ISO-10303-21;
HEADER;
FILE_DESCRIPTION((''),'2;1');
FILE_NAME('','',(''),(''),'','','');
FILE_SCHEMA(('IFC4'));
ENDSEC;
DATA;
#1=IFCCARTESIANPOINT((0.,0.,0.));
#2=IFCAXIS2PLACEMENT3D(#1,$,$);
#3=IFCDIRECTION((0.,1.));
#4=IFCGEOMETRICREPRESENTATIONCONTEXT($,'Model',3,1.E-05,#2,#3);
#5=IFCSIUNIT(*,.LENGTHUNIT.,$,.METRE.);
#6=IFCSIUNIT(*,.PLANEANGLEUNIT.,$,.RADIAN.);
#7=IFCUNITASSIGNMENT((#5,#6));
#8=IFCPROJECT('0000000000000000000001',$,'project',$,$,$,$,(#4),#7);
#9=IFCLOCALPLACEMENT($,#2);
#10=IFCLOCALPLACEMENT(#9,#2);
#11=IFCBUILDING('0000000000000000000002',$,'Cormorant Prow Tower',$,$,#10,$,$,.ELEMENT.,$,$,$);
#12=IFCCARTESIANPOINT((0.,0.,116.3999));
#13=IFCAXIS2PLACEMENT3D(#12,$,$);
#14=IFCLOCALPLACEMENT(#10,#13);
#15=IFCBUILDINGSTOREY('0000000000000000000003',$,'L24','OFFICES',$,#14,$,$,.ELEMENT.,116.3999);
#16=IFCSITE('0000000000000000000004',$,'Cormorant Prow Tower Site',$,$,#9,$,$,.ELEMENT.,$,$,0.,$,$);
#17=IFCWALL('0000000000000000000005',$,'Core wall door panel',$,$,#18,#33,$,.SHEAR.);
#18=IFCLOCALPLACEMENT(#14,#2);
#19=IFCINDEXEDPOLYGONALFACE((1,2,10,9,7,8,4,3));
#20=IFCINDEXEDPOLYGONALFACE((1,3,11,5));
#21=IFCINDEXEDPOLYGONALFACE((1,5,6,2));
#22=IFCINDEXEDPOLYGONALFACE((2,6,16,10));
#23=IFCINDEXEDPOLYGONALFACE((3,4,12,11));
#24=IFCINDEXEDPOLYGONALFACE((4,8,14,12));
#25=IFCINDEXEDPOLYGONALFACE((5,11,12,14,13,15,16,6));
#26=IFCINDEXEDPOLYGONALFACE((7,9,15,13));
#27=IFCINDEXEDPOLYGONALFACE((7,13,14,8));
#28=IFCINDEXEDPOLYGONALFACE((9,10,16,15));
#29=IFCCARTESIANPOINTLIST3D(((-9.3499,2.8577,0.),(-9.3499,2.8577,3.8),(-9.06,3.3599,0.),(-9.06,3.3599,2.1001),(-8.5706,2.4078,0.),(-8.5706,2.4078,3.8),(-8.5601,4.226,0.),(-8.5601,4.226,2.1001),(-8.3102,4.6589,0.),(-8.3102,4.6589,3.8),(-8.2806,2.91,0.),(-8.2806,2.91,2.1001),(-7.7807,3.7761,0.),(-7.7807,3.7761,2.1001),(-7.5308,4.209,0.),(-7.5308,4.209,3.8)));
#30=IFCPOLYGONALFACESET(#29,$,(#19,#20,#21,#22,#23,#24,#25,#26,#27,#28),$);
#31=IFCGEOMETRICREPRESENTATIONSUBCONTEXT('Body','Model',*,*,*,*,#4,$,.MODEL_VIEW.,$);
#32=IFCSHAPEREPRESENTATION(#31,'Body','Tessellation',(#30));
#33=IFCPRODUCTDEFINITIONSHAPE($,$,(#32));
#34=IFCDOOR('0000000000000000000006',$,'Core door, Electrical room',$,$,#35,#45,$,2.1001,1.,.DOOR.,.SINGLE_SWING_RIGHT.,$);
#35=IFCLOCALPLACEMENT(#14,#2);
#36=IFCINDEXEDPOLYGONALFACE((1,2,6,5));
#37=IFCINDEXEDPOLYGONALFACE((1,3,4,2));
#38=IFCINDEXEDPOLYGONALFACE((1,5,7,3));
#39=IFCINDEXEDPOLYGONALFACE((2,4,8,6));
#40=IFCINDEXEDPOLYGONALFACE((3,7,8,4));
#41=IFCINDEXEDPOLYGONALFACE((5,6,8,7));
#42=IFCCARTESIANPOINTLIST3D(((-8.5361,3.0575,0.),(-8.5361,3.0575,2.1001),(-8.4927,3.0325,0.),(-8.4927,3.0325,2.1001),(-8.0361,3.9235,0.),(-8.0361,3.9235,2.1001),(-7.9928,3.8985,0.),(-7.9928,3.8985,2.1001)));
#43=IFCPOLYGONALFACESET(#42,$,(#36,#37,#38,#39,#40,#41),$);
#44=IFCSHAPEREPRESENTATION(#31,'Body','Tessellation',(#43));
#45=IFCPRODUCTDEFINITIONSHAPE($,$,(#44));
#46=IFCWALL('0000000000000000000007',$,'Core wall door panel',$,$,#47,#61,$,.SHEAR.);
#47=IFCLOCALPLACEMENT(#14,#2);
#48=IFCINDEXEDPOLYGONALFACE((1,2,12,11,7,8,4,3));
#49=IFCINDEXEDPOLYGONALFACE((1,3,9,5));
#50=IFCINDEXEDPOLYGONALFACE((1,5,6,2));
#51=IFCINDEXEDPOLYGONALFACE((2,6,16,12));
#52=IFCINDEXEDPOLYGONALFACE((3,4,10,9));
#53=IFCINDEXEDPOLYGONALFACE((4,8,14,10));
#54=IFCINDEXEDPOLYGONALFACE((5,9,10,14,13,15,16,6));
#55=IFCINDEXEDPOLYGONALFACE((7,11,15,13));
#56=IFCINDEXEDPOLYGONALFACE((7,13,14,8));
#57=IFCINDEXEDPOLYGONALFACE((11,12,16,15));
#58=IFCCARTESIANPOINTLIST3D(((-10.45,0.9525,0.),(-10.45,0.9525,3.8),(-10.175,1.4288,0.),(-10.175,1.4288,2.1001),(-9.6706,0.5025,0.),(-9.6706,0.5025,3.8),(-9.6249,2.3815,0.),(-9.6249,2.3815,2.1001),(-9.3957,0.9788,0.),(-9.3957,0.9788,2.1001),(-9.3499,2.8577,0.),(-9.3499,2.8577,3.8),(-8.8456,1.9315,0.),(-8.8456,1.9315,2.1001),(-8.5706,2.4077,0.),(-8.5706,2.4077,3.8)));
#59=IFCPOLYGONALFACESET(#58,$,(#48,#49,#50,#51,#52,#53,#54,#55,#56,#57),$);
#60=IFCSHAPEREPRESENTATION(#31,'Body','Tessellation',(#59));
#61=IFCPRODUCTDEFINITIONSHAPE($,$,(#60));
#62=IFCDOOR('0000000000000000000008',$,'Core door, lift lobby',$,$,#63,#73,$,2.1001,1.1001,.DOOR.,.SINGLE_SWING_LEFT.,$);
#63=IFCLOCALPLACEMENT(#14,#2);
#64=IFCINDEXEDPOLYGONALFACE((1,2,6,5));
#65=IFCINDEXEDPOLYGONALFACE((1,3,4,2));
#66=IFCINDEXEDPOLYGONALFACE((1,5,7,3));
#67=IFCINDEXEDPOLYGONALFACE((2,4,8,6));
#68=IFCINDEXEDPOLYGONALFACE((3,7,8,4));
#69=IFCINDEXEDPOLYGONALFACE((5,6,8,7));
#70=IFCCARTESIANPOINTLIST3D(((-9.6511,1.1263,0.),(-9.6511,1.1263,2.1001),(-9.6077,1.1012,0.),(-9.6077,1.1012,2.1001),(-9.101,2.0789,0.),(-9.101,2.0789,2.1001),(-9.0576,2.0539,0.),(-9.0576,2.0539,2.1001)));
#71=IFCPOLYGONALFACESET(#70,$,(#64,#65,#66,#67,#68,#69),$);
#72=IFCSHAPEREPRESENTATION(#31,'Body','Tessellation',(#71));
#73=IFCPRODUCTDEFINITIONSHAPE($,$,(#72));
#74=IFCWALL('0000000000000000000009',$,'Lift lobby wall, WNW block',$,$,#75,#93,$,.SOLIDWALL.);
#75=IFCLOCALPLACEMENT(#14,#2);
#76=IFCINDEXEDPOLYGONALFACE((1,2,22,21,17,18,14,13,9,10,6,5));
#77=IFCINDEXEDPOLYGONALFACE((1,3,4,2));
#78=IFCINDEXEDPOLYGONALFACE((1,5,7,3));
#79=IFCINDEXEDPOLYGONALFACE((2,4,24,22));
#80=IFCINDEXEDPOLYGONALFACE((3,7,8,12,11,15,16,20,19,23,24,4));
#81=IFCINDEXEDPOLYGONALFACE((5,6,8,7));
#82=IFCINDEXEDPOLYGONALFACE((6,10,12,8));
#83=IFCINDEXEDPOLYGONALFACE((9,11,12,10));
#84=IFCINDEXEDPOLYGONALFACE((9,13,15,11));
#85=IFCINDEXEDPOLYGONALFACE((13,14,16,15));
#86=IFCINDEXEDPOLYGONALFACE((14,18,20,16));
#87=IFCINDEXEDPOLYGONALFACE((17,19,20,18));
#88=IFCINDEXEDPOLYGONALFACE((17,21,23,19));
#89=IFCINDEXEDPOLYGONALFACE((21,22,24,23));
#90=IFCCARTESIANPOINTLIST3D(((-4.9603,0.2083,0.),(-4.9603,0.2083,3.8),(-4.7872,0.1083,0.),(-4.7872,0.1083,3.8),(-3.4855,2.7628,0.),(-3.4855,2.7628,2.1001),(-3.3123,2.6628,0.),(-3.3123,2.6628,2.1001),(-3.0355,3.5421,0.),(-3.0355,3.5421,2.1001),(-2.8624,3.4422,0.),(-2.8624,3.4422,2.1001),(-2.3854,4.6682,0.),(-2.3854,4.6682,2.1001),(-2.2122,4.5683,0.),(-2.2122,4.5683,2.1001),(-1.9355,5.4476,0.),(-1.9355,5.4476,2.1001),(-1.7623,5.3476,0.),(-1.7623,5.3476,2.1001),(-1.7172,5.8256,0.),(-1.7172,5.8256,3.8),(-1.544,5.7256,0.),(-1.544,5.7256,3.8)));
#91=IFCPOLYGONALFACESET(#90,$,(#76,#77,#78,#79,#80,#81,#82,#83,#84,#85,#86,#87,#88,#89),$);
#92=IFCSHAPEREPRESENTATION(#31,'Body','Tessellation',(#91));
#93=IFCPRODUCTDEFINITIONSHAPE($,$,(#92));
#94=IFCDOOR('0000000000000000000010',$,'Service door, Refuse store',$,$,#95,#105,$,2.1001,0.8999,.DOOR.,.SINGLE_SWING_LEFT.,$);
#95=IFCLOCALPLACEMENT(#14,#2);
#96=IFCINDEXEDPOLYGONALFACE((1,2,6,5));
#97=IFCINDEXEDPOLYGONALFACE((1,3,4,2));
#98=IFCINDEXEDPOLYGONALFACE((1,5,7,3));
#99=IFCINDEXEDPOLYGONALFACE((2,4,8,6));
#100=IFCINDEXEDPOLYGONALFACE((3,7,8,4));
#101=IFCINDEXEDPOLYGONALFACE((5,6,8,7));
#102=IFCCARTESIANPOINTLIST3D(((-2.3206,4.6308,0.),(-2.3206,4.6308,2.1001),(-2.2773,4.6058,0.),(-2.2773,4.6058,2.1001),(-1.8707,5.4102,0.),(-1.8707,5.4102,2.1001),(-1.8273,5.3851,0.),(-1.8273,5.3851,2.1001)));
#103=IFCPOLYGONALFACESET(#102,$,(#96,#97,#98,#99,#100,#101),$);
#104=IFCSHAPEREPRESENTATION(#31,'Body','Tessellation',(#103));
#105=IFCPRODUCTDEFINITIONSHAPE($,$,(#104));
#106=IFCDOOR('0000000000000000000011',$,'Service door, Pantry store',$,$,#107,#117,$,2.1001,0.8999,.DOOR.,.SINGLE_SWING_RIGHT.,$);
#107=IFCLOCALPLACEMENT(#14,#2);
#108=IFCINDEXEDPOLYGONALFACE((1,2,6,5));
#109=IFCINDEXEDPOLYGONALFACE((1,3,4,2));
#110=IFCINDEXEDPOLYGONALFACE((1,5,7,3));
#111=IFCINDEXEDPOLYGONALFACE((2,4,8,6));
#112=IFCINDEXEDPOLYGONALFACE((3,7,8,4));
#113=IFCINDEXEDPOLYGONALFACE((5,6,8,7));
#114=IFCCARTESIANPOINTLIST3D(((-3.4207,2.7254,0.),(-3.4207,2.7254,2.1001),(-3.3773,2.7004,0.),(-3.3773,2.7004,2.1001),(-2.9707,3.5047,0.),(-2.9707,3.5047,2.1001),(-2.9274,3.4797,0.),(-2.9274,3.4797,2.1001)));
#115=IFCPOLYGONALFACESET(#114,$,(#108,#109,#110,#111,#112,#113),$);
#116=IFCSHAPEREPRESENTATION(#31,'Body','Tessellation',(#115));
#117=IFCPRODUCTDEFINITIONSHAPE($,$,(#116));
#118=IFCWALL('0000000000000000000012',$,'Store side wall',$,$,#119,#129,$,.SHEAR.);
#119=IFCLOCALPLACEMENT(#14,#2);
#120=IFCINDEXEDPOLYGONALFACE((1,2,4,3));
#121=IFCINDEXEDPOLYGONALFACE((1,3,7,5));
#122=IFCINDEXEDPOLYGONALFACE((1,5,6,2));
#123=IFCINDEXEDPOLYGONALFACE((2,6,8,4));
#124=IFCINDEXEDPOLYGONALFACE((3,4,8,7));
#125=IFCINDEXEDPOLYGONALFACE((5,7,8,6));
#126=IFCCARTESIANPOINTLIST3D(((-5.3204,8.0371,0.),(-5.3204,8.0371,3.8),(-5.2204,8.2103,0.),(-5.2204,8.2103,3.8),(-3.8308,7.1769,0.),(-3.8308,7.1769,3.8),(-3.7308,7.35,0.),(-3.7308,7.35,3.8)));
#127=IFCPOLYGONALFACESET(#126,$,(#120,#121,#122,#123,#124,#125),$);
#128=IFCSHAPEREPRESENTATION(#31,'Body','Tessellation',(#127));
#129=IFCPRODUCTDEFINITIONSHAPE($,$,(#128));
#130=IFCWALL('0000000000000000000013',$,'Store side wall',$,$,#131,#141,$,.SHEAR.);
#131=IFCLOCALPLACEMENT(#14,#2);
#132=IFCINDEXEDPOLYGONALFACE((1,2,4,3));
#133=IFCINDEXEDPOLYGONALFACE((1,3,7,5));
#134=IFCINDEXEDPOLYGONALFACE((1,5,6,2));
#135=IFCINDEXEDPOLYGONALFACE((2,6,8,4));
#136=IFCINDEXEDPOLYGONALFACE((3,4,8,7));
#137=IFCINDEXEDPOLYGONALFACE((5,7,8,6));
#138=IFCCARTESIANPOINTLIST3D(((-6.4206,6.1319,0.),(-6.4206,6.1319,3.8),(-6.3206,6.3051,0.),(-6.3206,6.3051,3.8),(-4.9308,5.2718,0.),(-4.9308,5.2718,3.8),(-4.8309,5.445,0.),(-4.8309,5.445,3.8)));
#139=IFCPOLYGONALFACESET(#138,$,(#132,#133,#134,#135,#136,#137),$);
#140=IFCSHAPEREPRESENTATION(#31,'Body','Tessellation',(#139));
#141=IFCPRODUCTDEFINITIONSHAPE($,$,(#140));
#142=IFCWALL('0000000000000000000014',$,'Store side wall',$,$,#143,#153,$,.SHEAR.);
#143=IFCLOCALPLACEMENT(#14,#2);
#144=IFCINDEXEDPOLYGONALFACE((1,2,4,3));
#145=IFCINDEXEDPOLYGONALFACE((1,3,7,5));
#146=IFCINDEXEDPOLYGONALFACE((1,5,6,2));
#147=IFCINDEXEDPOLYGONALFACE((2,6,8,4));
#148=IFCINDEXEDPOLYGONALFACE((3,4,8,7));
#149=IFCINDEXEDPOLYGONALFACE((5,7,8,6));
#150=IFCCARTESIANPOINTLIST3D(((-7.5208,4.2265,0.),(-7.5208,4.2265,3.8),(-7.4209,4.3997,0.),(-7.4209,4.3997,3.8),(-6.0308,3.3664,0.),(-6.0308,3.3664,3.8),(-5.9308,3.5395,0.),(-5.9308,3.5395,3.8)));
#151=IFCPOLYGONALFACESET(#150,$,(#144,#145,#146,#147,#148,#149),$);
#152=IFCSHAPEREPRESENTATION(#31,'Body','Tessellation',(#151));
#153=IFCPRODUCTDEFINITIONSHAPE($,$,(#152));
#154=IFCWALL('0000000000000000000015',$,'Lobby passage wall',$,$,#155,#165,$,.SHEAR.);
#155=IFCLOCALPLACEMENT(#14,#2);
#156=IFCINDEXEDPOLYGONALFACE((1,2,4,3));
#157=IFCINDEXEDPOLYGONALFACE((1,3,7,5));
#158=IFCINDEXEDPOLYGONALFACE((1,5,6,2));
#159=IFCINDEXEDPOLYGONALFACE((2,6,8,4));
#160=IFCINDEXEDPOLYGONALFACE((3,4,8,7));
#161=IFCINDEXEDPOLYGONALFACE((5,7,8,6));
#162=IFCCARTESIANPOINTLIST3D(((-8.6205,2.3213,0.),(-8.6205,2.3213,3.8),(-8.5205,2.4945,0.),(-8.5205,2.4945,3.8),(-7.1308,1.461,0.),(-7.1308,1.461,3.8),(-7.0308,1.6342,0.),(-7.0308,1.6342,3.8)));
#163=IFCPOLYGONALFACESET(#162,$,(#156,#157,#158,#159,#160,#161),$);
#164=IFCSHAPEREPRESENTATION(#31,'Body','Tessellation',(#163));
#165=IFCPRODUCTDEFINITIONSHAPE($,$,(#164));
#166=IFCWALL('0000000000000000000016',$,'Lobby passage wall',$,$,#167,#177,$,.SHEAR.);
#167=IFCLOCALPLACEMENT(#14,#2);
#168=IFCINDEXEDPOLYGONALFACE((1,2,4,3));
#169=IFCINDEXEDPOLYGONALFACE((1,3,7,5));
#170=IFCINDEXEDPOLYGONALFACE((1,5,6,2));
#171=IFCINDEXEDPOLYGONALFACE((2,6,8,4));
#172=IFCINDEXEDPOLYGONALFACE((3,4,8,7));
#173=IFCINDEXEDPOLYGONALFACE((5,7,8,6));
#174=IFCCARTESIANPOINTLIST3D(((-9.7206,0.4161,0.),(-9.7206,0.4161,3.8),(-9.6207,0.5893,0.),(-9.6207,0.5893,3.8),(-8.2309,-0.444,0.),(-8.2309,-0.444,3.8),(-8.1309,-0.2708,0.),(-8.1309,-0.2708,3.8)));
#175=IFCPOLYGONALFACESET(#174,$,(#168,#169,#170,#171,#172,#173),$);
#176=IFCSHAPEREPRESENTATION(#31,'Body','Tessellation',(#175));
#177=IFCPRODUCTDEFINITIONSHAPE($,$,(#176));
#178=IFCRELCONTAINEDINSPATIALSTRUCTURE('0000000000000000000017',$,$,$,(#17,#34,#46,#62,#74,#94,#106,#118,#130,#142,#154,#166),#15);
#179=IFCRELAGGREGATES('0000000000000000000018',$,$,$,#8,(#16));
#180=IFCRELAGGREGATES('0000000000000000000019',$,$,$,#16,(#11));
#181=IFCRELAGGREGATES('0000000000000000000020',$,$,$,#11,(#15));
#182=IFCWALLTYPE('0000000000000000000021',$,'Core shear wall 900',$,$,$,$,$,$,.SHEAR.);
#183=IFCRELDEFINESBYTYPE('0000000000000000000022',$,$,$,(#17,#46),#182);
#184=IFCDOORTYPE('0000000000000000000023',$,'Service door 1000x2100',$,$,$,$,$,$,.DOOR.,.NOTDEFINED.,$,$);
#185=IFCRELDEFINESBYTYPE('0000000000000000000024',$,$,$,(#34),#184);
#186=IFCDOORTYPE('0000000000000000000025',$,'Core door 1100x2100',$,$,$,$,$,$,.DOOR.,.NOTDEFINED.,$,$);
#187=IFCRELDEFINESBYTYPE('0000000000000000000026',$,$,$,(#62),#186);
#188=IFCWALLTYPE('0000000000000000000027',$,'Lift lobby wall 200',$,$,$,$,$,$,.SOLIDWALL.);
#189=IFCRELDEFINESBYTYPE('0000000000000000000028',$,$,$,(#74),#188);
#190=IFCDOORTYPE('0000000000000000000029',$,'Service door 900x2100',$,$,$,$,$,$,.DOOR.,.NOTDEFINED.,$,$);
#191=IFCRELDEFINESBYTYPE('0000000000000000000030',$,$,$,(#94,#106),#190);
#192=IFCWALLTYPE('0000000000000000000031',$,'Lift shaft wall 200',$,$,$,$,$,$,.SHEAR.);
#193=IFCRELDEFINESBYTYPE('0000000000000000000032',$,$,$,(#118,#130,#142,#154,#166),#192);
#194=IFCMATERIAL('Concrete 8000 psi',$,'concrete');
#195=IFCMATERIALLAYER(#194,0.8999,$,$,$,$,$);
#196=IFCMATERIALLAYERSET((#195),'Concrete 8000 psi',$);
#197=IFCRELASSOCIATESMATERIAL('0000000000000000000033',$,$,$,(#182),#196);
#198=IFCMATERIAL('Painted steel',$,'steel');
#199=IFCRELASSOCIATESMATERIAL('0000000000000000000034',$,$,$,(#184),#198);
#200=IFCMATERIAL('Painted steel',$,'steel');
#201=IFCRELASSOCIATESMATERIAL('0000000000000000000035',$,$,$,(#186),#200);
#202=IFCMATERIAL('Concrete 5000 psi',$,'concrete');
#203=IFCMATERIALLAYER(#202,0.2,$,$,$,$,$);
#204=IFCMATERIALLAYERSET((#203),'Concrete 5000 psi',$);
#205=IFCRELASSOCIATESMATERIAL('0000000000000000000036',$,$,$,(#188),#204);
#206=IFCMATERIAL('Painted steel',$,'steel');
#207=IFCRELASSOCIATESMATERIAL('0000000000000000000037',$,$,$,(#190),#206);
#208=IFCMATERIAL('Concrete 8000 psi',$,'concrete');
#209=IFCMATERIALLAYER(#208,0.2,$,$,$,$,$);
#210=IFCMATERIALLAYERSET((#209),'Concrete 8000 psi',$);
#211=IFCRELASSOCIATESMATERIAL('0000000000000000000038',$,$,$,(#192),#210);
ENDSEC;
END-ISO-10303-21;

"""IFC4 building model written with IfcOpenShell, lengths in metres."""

from ifc_helpers import new_model, si_unit, direction, frame, frame_2d, origin, place, context, subcontext, project, spatial, rectangle, extrude, material, layer, layer_set, type_object, element, fill, save


model = new_model("IFC4")

# Units and contexts
model_context = context("Model", 3, precision=1e-05, world=origin(), true_north=direction((0.0, 1.0)))
body_context = subcontext(model_context, "Body", "Model", "MODEL_VIEW")
ifc_project = project(units=[si_unit("LENGTHUNIT", "METRE"), si_unit("PLANEANGLEUNIT", "RADIAN")], contexts=[model_context])

# Site, building, storey
site_placement = place(None, origin())
site = spatial("IfcSite", under=ifc_project, at=site_placement, Name="Cormorant Prow Tower Site", CompositionType="ELEMENT", RefElevation=0.0)
building_placement = place(site_placement, origin())
building = spatial("IfcBuilding", under=site, at=building_placement, Name="Cormorant Prow Tower", CompositionType="ELEMENT")
storey_placement = place(building_placement, frame((0.0, 0.0, 116.3999)))
storey = spatial("IfcBuildingStorey", under=building, at=storey_placement, Name="L24", Description="OFFICES", CompositionType="ELEMENT", Elevation=116.3999)

# Shared definitions
ifc_material_1 = material(Name="Concrete 8000 psi", Category="concrete")
ifc_layer_1 = layer(ifc_material_1, 0.8999)
ifc_layer_set_1 = layer_set([ifc_layer_1], Name="Concrete 8000 psi")
wall_type_1 = type_object("IfcWallType", Name="Core shear wall 900", PredefinedType="SHEAR", material=ifc_layer_set_1)

# Walls, openings, doors
wall_1_placement = place(storey_placement, frame((-7.9204, 4.4341, 0.0), z_axis=(0.0, 0.0, 1.0), x_axis=(-0.499939, -0.86606, 0.0)))
wall_1 = element("IfcWall", 1, at=wall_1_placement, inside=storey, type_object=wall_type_1, Name="Core wall door panel", PredefinedType="SHEAR", context=body_context, shape_type="SweptSolid", body=[
    extrude(rectangle(XDim=2.0798, YDim=0.8999, at=frame_2d((1.04, 0.0))), origin(), (0.0, 0.0, 1.0), 3.8),
])
opening_1_placement = place(wall_1_placement, frame((0.5, 0.0, 0.0)))
opening_1 = element("IfcOpeningElement", 2, at=opening_1_placement, cuts=wall_1, PredefinedType="OPENING", context=body_context, shape_type="SweptSolid", body=[
    extrude(rectangle(XDim=1.0, YDim=2.1001, at=frame_2d((0.5, 1.05))), frame((0.0, 0.46, 0.0), z_axis=(0.0, -1.0, 0.0), x_axis=(1.0, 0.0, 0.0)), (0.0, 0.0, 1.0), 0.9199),
])
ifc_material_2 = material(Name="Painted steel", Category="steel")
door_type_1 = type_object("IfcDoorType", Name="Service door 1000x2100", OperationType="NOTDEFINED", PredefinedType="DOOR", material=ifc_material_2)
door_1_placement = place(opening_1_placement, origin())
door_1 = element("IfcDoor", 3, at=door_1_placement, inside=storey, type_object=door_type_1, Name="Core door, Electrical room", OperationType="SINGLE_SWING_RIGHT", OverallHeight=2.1001, OverallWidth=1.0, PredefinedType="DOOR", context=body_context, shape_type="SweptSolid", body=[
    extrude(rectangle(XDim=1.0, YDim=2.1001, at=frame_2d((0.5, 1.05))), frame((0.0, 0.2051, 0.0), z_axis=(0.0, -1.0, 0.0), x_axis=(1.0, 0.0, 0.0)), (0.0, 0.0, 1.0), 0.05),
])
fill(opening_1, door_1)
wall_2_placement = place(storey_placement, frame((-8.9602, 2.6328, 0.0), z_axis=(0.0, 0.0, 1.0), x_axis=(-0.50003, -0.866008, 0.0)))
wall_2 = element("IfcWall", 4, at=wall_2_placement, inside=storey, type_object=wall_type_1, Name="Core wall door panel", PredefinedType="SHEAR", context=body_context, shape_type="SweptSolid", body=[
    extrude(rectangle(XDim=2.2, YDim=0.8999, at=frame_2d((1.1001, 0.0))), origin(), (0.0, 0.0, 1.0), 3.8),
])
opening_2_placement = place(wall_2_placement, frame((0.55, 0.0, 0.0)))
opening_2 = element("IfcOpeningElement", 5, at=opening_2_placement, cuts=wall_2, PredefinedType="OPENING", context=body_context, shape_type="SweptSolid", body=[
    extrude(rectangle(XDim=1.1001, YDim=2.1001, at=frame_2d((0.55, 1.05))), frame((0.0, 0.46, 0.0), z_axis=(0.0, -1.0, 0.0), x_axis=(1.0, 0.0, 0.0)), (0.0, 0.0, 1.0), 0.9199),
])
ifc_material_3 = material(Name="Painted steel", Category="steel")
door_type_2 = type_object("IfcDoorType", Name="Core door 1100x2100", OperationType="NOTDEFINED", PredefinedType="DOOR", material=ifc_material_3)
door_2_placement = place(opening_2_placement, origin())
door_2 = element("IfcDoor", 6, at=door_2_placement, inside=storey, type_object=door_type_2, Name="Core door, lift lobby", OperationType="SINGLE_SWING_LEFT", OverallHeight=2.1001, OverallWidth=1.1001, PredefinedType="DOOR", context=body_context, shape_type="SweptSolid", body=[
    extrude(rectangle(XDim=1.1001, YDim=2.1001, at=frame_2d((0.55, 1.05))), frame((0.0, 0.2051, 0.0), z_axis=(0.0, -1.0, 0.0), x_axis=(1.0, 0.0, 0.0)), (0.0, 0.0, 1.0), 0.05),
])
fill(opening_2, door_2)

# Wall, openings, doors
ifc_material_4 = material(Name="Concrete 5000 psi", Category="concrete")
ifc_layer_2 = layer(ifc_material_4, 0.2)
ifc_layer_set_2 = layer_set([ifc_layer_2], Name="Concrete 5000 psi")
wall_type_2 = type_object("IfcWallType", Name="Lift lobby wall 200", PredefinedType="SOLIDWALL", material=ifc_layer_set_2)
wall_3_placement = place(storey_placement, frame((-1.6306, 5.7756, 0.0), z_axis=(0.0, 0.0, 1.0), x_axis=(-0.499993, -0.86603, 0.0)))
wall_3 = element("IfcWall", 7, at=wall_3_placement, inside=storey, type_object=wall_type_2, Name="Lift lobby wall, WNW block", PredefinedType="SOLIDWALL", context=body_context, shape_type="SweptSolid", body=[
    extrude(rectangle(XDim=6.4863, YDim=0.2, at=frame_2d((3.2432, 0.0))), origin(), (0.0, 0.0, 1.0), 3.8),
])
opening_3_placement = place(wall_3_placement, frame((0.4365, 0.0, 0.0)))
opening_3 = element("IfcOpeningElement", 8, at=opening_3_placement, cuts=wall_3, PredefinedType="OPENING", context=body_context, shape_type="SweptSolid", body=[
    extrude(rectangle(XDim=0.8999, YDim=2.1001, at=frame_2d((0.45, 1.05))), frame((0.0, 0.1099, 0.0), z_axis=(0.0, -1.0, 0.0), x_axis=(1.0, 0.0, 0.0)), (0.0, 0.0, 1.0), 0.22),
])
opening_4_placement = place(wall_3_placement, frame((2.6367, 0.0, 0.0)))
opening_4 = element("IfcOpeningElement", 9, at=opening_4_placement, cuts=wall_3, PredefinedType="OPENING", context=body_context, shape_type="SweptSolid", body=[
    extrude(rectangle(XDim=0.8999, YDim=2.1001, at=frame_2d((0.45, 1.05))), frame((0.0, 0.1099, 0.0), z_axis=(0.0, -1.0, 0.0), x_axis=(1.0, 0.0, 0.0)), (0.0, 0.0, 1.0), 0.22),
])
ifc_material_5 = material(Name="Painted steel", Category="steel")
door_type_3 = type_object("IfcDoorType", Name="Service door 900x2100", OperationType="NOTDEFINED", PredefinedType="DOOR", material=ifc_material_5)
door_3_placement = place(opening_3_placement, origin())
door_3 = element("IfcDoor", 10, at=door_3_placement, inside=storey, type_object=door_type_3, Name="Service door, Refuse store", OperationType="SINGLE_SWING_LEFT", OverallHeight=2.1001, OverallWidth=0.8999, PredefinedType="DOOR", context=body_context, shape_type="SweptSolid", body=[
    extrude(rectangle(XDim=0.8999, YDim=2.1001, at=frame_2d((0.45, 1.05))), frame((0.0, 0.0249, 0.0), z_axis=(0.0, -1.0, 0.0), x_axis=(1.0, 0.0, 0.0)), (0.0, 0.0, 1.0), 0.05),
])
fill(opening_3, door_3)
door_4_placement = place(opening_4_placement, origin())
door_4 = element("IfcDoor", 11, at=door_4_placement, inside=storey, type_object=door_type_3, Name="Service door, Pantry store", OperationType="SINGLE_SWING_RIGHT", OverallHeight=2.1001, OverallWidth=0.8999, PredefinedType="DOOR", context=body_context, shape_type="SweptSolid", body=[
    extrude(rectangle(XDim=0.8999, YDim=2.1001, at=frame_2d((0.45, 1.05))), frame((0.0, 0.0249, 0.0), z_axis=(0.0, -1.0, 0.0), x_axis=(1.0, 0.0, 0.0)), (0.0, 0.0, 1.0), 0.05),
])
fill(opening_4, door_4)

# Walls
ifc_material_6 = material(Name="Concrete 8000 psi", Category="concrete")
ifc_layer_3 = layer(ifc_material_6, 0.2)
ifc_layer_set_3 = layer_set([ifc_layer_3], Name="Concrete 8000 psi")
wall_type_3 = type_object("IfcWallType", Name="Lift shaft wall 200", PredefinedType="SHEAR", material=ifc_layer_set_3)
for number, where, z_axis, x_axis, name in (
    (12, (-3.7808, 7.2634, 0.0), (0.0, 0.0, 1.0), (-0.865963, 0.500107, 0.0), "Store side wall"),
    (13, (-4.8809, 5.3584, 0.0), (0.0, 0.0, 1.0), (-0.866025, 0.500001, 0.0), "Store side wall"),
):
    element("IfcWall", number, at=place(storey_placement, frame(where, z_axis=z_axis, x_axis=x_axis)), inside=storey, type_object=wall_type_3, Name=name, PredefinedType="SHEAR", context=body_context, shape_type="SweptSolid", body=[
        extrude(rectangle(XDim=1.7202, YDim=0.2, at=frame_2d((0.8601, 0.0))), origin(), (0.0, 0.0, 1.0), 3.8),
    ])
wall_4_placement = place(storey_placement, frame((-5.9807, 3.4529, 0.0), z_axis=(0.0, 0.0, 1.0), x_axis=(-0.86606, 0.499939, 0.0)))
element("IfcWall", 14, at=wall_4_placement, inside=storey, type_object=wall_type_3, Name="Store side wall", PredefinedType="SHEAR", context=body_context, shape_type="SweptSolid", body=[
    extrude(rectangle(XDim=1.7205, YDim=0.2, at=frame_2d((0.8604, 0.0))), origin(), (0.0, 0.0, 1.0), 3.8),
])
for number, where, z_axis, x_axis, name in (
    (15, (-7.0808, 1.5476, 0.0), (0.0, 0.0, 1.0), (-0.865963, 0.500107, 0.0), "Lobby passage wall"),
    (16, (-8.1809, -0.3574, 0.0), (0.0, 0.0, 1.0), (-0.866025, 0.500001, 0.0), "Lobby passage wall"),
):
    element("IfcWall", number, at=place(storey_placement, frame(where, z_axis=z_axis, x_axis=x_axis)), inside=storey, type_object=wall_type_3, Name=name, PredefinedType="SHEAR", context=body_context, shape_type="SweptSolid", body=[
        extrude(rectangle(XDim=1.7202, YDim=0.2, at=frame_2d((0.8601, 0.0))), origin(), (0.0, 0.0, 1.0), 3.8),
    ])

save(model, "model.ifc")
